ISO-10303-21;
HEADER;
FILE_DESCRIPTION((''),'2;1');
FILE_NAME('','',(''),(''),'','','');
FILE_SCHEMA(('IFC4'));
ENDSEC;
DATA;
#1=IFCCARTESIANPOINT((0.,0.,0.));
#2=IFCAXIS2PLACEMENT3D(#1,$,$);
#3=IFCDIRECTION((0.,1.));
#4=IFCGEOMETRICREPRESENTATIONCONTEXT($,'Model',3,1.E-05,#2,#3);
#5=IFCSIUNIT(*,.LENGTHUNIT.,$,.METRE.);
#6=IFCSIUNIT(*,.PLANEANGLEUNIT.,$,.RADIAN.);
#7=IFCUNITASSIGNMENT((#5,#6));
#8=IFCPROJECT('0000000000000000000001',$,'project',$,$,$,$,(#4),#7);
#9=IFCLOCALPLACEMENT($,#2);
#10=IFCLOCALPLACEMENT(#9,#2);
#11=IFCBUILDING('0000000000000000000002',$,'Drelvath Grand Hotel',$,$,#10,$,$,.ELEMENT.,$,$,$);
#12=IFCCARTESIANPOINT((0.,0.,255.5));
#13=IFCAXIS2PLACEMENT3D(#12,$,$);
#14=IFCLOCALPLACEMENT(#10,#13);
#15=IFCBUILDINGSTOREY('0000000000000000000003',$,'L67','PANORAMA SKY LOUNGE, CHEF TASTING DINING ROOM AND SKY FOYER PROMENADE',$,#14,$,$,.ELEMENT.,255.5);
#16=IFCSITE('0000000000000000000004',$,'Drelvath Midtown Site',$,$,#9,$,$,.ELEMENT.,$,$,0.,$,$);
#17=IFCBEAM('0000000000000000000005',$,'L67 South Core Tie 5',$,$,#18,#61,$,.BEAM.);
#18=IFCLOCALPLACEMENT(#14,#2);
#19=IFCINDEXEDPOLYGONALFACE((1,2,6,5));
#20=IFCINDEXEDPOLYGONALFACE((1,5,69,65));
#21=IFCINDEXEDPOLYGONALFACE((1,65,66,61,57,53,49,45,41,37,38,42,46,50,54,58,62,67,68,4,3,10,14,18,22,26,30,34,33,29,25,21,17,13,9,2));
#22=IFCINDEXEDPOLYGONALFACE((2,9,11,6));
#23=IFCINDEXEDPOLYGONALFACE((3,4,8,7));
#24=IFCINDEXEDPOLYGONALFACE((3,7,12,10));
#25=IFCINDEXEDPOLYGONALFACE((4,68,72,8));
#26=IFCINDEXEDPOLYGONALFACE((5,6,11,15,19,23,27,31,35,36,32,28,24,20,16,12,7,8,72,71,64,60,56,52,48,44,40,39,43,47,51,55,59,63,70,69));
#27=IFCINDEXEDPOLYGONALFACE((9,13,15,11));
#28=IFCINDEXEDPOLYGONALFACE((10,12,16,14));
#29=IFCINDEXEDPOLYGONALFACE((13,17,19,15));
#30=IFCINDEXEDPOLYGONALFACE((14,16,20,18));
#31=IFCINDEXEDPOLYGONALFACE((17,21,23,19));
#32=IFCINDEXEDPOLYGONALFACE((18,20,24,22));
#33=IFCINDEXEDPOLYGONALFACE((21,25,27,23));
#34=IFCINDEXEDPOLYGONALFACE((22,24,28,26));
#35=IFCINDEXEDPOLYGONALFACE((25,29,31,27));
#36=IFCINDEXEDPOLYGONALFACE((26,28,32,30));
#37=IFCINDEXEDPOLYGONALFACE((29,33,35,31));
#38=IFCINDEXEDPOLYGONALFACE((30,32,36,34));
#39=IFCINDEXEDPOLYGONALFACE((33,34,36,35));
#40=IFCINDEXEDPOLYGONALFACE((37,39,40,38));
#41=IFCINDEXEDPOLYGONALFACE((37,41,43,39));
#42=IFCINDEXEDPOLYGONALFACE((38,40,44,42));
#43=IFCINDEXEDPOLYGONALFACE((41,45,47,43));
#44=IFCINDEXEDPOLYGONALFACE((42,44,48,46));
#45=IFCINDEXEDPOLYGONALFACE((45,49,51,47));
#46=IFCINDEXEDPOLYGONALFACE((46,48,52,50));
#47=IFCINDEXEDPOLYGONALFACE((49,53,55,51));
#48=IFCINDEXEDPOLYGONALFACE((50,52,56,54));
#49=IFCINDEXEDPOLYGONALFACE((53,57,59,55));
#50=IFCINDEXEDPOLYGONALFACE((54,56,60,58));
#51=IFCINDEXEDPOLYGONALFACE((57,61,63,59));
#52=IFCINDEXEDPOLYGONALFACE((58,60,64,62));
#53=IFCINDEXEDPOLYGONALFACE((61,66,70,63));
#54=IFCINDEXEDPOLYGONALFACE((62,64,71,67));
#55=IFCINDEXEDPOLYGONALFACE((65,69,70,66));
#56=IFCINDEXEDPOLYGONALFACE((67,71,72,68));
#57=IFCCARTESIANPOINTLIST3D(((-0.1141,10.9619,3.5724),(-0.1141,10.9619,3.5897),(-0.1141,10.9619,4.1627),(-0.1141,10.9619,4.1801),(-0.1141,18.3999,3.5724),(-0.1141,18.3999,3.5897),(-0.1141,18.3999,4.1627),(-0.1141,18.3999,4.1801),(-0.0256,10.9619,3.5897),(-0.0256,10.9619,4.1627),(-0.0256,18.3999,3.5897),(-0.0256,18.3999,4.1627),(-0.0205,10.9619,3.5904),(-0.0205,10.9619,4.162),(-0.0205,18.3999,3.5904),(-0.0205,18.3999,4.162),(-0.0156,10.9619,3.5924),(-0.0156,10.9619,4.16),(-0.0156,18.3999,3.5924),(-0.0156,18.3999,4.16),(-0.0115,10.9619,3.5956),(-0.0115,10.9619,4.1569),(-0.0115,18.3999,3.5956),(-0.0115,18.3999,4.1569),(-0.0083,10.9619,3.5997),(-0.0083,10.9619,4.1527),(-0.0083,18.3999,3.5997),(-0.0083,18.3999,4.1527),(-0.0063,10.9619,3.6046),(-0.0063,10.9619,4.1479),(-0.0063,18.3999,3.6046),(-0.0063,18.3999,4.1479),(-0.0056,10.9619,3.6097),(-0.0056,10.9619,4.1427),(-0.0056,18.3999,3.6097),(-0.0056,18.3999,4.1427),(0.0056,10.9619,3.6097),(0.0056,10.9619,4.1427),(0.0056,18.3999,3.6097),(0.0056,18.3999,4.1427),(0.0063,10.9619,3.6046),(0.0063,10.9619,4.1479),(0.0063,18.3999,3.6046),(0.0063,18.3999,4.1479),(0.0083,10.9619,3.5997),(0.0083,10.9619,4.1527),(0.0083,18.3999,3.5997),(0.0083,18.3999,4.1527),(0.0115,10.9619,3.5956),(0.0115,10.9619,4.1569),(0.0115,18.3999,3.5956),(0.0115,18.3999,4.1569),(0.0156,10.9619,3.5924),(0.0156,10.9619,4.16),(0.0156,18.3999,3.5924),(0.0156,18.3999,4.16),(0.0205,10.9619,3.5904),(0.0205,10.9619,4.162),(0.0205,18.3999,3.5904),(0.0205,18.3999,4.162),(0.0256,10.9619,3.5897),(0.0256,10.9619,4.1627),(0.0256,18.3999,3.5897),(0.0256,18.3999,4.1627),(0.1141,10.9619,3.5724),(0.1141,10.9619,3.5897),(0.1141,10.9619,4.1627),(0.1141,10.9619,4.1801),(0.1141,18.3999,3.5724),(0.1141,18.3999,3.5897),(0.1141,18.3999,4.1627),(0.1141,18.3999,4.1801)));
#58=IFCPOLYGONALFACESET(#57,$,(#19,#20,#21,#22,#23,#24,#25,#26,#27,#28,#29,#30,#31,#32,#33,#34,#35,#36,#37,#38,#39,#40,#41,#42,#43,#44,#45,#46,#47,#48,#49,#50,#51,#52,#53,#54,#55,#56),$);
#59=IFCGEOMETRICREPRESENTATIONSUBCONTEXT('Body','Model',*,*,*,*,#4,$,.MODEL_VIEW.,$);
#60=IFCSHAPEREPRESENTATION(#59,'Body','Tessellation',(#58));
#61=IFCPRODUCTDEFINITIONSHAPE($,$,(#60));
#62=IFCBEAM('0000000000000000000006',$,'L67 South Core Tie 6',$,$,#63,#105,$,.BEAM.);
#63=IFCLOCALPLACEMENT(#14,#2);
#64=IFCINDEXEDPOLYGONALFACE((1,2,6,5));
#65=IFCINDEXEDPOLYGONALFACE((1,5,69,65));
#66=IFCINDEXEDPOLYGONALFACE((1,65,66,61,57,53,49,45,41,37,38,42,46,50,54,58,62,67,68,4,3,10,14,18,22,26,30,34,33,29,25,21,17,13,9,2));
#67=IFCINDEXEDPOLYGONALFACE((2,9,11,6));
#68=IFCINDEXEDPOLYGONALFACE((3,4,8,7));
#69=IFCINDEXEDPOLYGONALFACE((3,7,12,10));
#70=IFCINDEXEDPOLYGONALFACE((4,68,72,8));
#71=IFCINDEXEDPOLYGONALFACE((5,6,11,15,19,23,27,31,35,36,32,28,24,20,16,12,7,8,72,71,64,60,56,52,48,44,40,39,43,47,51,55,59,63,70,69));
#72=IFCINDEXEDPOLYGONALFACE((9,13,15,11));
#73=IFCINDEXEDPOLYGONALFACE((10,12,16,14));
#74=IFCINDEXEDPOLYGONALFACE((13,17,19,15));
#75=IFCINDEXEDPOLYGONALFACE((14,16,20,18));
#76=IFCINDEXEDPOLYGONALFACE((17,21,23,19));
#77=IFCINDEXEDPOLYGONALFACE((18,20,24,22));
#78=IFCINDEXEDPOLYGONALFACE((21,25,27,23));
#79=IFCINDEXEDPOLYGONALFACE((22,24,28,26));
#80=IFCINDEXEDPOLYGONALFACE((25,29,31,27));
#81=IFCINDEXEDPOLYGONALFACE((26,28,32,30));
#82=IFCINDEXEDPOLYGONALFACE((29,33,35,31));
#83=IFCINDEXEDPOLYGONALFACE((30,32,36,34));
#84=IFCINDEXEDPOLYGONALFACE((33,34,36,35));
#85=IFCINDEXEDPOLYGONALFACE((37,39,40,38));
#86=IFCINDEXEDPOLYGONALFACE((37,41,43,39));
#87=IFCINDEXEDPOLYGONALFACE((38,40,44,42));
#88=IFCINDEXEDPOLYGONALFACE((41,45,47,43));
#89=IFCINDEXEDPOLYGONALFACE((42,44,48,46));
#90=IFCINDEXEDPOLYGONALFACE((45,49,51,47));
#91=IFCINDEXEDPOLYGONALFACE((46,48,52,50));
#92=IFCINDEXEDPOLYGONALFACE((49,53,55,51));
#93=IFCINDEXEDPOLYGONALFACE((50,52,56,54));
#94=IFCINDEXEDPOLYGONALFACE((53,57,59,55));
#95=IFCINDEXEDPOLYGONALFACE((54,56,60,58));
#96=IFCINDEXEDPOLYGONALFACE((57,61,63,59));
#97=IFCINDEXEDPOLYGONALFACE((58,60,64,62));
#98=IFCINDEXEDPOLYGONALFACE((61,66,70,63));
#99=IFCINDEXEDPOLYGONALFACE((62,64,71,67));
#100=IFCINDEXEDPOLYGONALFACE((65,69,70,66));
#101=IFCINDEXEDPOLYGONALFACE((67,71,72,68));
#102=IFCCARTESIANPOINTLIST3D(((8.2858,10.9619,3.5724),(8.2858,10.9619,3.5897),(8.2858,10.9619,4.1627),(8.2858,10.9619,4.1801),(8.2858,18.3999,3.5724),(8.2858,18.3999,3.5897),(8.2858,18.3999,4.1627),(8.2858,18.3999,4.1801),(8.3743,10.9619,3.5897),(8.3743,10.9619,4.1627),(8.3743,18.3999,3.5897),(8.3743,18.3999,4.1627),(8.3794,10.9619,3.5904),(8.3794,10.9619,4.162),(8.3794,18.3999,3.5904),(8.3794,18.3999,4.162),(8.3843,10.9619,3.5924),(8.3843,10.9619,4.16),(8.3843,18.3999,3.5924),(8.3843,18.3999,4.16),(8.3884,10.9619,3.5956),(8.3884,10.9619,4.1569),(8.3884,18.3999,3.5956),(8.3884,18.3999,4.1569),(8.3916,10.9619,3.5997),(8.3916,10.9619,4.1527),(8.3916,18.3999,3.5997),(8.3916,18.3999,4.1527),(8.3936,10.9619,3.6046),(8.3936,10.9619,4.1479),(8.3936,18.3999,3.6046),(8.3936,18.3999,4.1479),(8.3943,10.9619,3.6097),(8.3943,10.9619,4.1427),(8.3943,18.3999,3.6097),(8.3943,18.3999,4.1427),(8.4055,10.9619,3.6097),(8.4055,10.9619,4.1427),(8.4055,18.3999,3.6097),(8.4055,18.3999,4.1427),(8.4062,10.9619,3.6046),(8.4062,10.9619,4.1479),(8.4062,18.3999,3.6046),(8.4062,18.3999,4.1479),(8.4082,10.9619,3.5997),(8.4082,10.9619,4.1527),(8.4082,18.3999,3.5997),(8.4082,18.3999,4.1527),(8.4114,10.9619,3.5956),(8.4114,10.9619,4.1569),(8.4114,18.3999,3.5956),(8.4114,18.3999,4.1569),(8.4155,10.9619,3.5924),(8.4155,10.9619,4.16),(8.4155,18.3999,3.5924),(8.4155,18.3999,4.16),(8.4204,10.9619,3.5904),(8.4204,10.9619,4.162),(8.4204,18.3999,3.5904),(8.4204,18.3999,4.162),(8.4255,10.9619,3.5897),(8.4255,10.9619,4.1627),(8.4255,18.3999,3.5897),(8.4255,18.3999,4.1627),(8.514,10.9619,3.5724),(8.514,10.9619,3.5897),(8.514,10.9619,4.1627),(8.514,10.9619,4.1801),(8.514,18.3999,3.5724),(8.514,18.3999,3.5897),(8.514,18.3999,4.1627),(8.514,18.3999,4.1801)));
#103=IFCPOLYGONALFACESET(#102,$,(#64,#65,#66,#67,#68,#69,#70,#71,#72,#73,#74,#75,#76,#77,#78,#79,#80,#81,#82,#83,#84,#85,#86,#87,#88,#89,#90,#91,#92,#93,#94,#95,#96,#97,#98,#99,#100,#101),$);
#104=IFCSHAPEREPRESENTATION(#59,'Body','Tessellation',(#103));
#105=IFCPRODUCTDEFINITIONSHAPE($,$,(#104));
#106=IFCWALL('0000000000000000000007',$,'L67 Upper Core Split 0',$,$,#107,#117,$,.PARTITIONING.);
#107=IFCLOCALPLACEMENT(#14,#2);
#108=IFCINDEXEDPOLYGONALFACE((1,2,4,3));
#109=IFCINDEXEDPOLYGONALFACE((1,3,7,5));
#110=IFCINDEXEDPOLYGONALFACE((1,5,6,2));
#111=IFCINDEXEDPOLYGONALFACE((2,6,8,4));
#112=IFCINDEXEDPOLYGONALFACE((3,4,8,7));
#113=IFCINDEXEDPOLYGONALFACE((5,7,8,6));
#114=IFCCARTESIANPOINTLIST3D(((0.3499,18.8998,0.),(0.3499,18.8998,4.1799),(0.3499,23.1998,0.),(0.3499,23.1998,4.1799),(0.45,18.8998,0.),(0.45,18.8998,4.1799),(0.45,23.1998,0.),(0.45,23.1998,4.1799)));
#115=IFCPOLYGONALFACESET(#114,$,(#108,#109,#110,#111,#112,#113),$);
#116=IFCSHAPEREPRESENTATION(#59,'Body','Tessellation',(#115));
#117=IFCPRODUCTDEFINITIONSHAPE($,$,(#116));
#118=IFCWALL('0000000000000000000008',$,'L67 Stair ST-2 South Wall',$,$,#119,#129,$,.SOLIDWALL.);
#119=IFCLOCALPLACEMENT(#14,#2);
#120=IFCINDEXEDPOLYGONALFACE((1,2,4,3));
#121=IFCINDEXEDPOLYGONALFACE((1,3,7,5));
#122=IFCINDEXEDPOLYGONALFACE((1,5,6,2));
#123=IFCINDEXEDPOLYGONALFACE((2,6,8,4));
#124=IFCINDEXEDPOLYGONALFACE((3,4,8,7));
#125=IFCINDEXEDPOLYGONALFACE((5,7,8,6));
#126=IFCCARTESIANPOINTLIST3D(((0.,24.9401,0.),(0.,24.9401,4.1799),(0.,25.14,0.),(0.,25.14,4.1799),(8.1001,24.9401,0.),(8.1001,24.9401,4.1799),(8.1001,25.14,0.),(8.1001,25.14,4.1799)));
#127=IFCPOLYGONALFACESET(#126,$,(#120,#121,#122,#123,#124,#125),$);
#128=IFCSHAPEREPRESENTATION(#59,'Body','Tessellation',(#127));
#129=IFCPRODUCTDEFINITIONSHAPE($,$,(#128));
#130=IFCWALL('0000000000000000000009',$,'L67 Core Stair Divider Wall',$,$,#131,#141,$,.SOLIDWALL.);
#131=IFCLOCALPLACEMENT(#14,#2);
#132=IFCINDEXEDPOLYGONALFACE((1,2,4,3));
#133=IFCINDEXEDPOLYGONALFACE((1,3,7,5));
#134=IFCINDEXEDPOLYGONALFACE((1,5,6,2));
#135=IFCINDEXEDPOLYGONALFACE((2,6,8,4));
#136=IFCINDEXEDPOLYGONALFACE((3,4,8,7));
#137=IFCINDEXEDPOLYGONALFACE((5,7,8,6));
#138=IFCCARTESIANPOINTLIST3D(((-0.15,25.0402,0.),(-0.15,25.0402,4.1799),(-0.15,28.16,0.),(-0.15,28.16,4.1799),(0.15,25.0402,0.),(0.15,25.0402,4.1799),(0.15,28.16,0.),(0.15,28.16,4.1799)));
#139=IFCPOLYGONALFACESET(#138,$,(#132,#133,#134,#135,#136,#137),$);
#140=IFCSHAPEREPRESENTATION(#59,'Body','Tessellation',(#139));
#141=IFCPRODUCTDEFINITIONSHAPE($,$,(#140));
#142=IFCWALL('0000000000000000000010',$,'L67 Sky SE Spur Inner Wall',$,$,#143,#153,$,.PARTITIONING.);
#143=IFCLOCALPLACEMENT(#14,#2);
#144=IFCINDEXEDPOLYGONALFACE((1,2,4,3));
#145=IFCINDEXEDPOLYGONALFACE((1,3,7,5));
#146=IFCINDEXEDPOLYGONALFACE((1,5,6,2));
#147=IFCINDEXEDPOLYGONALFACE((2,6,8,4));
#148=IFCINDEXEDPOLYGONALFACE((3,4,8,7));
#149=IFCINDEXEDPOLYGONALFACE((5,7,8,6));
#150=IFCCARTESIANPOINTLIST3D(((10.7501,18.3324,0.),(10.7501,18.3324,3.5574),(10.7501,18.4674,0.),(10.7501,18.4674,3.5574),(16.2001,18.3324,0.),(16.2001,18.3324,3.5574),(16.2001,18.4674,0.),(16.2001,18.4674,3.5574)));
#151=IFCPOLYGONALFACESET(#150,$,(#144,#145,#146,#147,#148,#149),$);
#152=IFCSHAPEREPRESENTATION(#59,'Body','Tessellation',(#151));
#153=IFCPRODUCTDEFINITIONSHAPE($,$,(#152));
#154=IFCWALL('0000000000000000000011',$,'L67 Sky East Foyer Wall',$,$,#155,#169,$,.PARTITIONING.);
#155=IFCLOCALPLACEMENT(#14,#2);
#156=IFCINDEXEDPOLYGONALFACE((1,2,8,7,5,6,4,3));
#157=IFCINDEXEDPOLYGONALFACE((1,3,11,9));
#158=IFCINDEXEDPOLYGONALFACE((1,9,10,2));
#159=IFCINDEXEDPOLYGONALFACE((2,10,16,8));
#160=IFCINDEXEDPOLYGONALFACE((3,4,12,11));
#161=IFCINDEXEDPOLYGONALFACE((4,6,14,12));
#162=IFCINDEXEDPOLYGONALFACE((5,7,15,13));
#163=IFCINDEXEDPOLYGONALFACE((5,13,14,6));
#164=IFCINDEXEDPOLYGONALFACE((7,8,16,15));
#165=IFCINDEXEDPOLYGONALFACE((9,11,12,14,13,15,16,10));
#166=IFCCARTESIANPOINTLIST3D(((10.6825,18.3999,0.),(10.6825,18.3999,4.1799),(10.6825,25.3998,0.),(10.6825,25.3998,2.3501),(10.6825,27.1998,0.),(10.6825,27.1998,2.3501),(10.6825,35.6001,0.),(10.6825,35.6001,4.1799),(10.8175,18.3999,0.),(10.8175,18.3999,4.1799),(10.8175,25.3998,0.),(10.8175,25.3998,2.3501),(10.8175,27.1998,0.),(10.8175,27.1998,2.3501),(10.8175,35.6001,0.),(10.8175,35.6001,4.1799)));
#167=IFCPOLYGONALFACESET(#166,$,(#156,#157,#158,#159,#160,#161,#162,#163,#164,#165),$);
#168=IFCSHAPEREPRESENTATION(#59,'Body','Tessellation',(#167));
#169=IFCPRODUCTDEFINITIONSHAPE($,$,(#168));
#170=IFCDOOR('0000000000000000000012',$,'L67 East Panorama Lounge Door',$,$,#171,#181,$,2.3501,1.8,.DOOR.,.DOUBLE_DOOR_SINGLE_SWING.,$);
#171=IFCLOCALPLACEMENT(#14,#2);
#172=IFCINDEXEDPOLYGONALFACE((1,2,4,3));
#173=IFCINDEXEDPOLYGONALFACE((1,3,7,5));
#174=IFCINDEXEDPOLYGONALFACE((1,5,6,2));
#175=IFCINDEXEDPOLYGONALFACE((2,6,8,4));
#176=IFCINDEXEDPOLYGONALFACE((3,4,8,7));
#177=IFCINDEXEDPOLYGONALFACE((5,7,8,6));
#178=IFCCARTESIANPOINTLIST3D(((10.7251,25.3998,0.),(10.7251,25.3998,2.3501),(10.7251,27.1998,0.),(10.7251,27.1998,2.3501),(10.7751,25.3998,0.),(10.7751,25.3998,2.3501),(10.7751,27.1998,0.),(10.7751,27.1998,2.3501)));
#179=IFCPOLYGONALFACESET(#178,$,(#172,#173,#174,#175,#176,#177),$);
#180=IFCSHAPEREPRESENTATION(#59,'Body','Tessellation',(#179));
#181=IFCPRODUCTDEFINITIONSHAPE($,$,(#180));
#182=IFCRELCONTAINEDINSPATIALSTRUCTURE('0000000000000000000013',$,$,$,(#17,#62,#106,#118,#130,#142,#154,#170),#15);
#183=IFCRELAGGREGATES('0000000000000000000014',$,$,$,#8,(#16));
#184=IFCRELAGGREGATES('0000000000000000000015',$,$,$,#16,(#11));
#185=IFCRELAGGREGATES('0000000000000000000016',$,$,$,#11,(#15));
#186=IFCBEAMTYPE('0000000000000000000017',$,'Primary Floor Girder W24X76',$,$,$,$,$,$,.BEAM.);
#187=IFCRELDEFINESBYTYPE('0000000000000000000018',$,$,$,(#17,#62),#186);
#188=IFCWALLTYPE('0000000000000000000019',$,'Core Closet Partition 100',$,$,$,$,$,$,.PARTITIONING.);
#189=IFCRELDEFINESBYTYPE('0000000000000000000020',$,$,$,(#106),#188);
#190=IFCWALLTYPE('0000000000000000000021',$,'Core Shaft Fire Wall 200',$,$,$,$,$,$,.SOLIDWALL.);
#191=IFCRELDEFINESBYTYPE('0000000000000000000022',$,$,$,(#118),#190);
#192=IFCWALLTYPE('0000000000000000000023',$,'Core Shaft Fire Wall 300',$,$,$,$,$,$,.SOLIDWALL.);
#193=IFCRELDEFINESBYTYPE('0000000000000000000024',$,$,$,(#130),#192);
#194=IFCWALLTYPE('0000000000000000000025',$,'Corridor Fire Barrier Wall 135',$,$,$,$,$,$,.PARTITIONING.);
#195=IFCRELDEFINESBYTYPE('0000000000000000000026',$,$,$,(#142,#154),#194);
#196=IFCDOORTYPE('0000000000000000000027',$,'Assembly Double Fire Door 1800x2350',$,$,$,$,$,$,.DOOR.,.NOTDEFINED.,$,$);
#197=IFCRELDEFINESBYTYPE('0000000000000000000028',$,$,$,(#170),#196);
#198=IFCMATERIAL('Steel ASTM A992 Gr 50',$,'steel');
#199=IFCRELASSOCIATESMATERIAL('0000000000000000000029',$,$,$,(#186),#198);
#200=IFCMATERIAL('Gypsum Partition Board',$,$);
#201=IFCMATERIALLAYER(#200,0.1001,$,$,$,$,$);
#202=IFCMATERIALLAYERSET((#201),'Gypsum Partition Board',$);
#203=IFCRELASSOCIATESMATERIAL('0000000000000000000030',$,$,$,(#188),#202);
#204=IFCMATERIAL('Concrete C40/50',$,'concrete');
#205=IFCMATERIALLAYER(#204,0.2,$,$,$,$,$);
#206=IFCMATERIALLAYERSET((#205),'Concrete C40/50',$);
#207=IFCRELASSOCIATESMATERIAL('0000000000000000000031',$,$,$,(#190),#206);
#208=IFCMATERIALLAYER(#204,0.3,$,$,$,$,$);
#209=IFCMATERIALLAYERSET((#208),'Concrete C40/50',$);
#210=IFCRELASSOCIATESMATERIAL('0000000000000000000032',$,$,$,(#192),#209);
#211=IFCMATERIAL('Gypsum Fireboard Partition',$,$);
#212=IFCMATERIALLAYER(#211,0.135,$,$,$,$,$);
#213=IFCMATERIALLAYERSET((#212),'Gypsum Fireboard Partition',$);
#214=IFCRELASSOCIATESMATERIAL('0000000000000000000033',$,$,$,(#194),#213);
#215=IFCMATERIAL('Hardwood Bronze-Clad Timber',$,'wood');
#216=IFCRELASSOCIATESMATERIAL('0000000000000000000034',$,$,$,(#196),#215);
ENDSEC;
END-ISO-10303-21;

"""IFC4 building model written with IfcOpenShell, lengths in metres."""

from ifc_helpers import new_model, si_unit, direction, frame, frame_2d, origin, origin_2d, place, context, subcontext, project, spatial, rectangle, i_section, extrude, material, layer, layer_set, material_profile, profile_set, type_object, element, fill, save


model = new_model("IFC4")

# Units and contexts
model_context = context("Model", 3, precision=1e-05, world=origin(), true_north=direction((0.0, 1.0)))
body_context = subcontext(model_context, "Body", "Model", "MODEL_VIEW")
ifc_project = project(units=[si_unit("LENGTHUNIT", "METRE"), si_unit("PLANEANGLEUNIT", "RADIAN")], contexts=[model_context])

# Site, building, storey
site_placement = place(None, origin())
site = spatial("IfcSite", under=ifc_project, at=site_placement, Name="Drelvath Midtown Site", CompositionType="ELEMENT", RefElevation=0.0)
building_placement = place(site_placement, origin())
building = spatial("IfcBuilding", under=site, at=building_placement, Name="Drelvath Grand Hotel", CompositionType="ELEMENT")
storey_placement = place(building_placement, frame((0.0, 0.0, 255.5)))
storey = spatial("IfcBuildingStorey", under=building, at=storey_placement, Name="L67", Description="PANORAMA SKY LOUNGE, CHEF TASTING DINING ROOM AND SKY FOYER PROMENADE", CompositionType="ELEMENT", Elevation=255.5)

# Beams
ifc_material_1 = material(Name="Steel ASTM A992 Gr 50", Category="steel")
ifc_material_profile_1 = material_profile(ifc_material_1, i_section(OverallWidth=0.2283, OverallDepth=0.6077, WebThickness=0.0112, FlangeThickness=0.0173, FilletRadius=0.02, at=origin_2d()), Name="W24X76")
ifc_profile_set_1 = profile_set([ifc_material_profile_1], Name="Steel ASTM A992 Gr 50")
beam_type_1 = type_object("IfcBeamType", Name="Primary Floor Girder W24X76", PredefinedType="BEAM", material=ifc_profile_set_1)
for number, where, z_axis, x_axis, name in (
    (1, (0.0, 10.9619, 3.8762), (0.0, 1.0, 0.0), (-1.0, 0.0, 0.0), "L67 South Core Tie 5"),
    (2, (8.3999, 10.9619, 3.8762), (0.0, 1.0, 0.0), (-1.0, 0.0, 0.0), "L67 South Core Tie 6"),
):
    element("IfcBeam", number, at=place(storey_placement, frame(where, z_axis=z_axis, x_axis=x_axis)), inside=storey, type_object=beam_type_1, Name=name, PredefinedType="BEAM", context=body_context, shape_type="SweptSolid", body=[
        extrude(i_section(OverallWidth=0.2283, OverallDepth=0.6077, WebThickness=0.0112, FlangeThickness=0.0173, FilletRadius=0.02, at=origin_2d()), origin(), (0.0, 0.0, 1.0), 7.438),
    ])

# Walls
ifc_material_2 = material(Name="Gypsum Partition Board")
ifc_layer_1 = layer(ifc_material_2, 0.1001)
ifc_layer_set_1 = layer_set([ifc_layer_1], Name="Gypsum Partition Board")
wall_type_1 = type_object("IfcWallType", Name="Core Closet Partition 100", PredefinedType="PARTITIONING", material=ifc_layer_set_1)
wall_1_placement = place(storey_placement, frame((0.3999, 18.8999, 0.0), z_axis=(0.0, 0.0, 1.0), x_axis=(0.0, 1.0, 0.0)))
element("IfcWall", 3, at=wall_1_placement, inside=storey, type_object=wall_type_1, Name="L67 Upper Core Split 0", PredefinedType="PARTITIONING", context=body_context, shape_type="SweptSolid", body=[
    extrude(rectangle(XDim=4.3, YDim=0.1001, at=frame_2d((2.1499, 0.0))), origin(), (0.0, 0.0, 1.0), 4.1799),
])
ifc_material_3 = material(Name="Concrete C40/50", Category="concrete")
ifc_layer_2 = layer(ifc_material_3, 0.2)
ifc_layer_set_2 = layer_set([ifc_layer_2], Name="Concrete C40/50")
wall_type_2 = type_object("IfcWallType", Name="Core Shaft Fire Wall 200", PredefinedType="SOLIDWALL", material=ifc_layer_set_2)
wall_2_placement = place(storey_placement, frame((0.0, 25.04, 0.0), z_axis=(0.0, 0.0, 1.0), x_axis=(1.0, 0.0, 0.0)))
element("IfcWall", 4, at=wall_2_placement, inside=storey, type_object=wall_type_2, Name="L67 Stair ST-2 South Wall", PredefinedType="SOLIDWALL", context=body_context, shape_type="SweptSolid", body=[
    extrude(rectangle(XDim=8.1001, YDim=0.2, at=frame_2d((4.05, 0.0))), origin(), (0.0, 0.0, 1.0), 4.1799),
])
ifc_layer_3 = layer(ifc_material_3, 0.3)
ifc_layer_set_3 = layer_set([ifc_layer_3], Name="Concrete C40/50")
wall_type_3 = type_object("IfcWallType", Name="Core Shaft Fire Wall 300", PredefinedType="SOLIDWALL", material=ifc_layer_set_3)
wall_3_placement = place(storey_placement, frame((0.0, 25.04, 0.0), z_axis=(0.0, 0.0, 1.0), x_axis=(0.0, 1.0, 0.0)))
element("IfcWall", 5, at=wall_3_placement, inside=storey, type_object=wall_type_3, Name="L67 Core Stair Divider Wall", PredefinedType="SOLIDWALL", context=body_context, shape_type="SweptSolid", body=[
    extrude(rectangle(XDim=3.1199, YDim=0.3, at=frame_2d((1.5601, 0.0))), origin(), (0.0, 0.0, 1.0), 4.1799),
])
ifc_material_4 = material(Name="Gypsum Fireboard Partition")
ifc_layer_4 = layer(ifc_material_4, 0.135)
ifc_layer_set_4 = layer_set([ifc_layer_4], Name="Gypsum Fireboard Partition")
wall_type_4 = type_object("IfcWallType", Name="Corridor Fire Barrier Wall 135", PredefinedType="PARTITIONING", material=ifc_layer_set_4)
wall_4_placement = place(storey_placement, frame((10.75, 18.3999, 0.0), z_axis=(0.0, 0.0, 1.0), x_axis=(1.0, 0.0, 0.0)))
element("IfcWall", 6, at=wall_4_placement, inside=storey, type_object=wall_type_4, Name="L67 Sky SE Spur Inner Wall", PredefinedType="PARTITIONING", context=body_context, shape_type="SweptSolid", body=[
    extrude(rectangle(XDim=5.45, YDim=0.135, at=frame_2d((2.7251, 0.0))), origin(), (0.0, 0.0, 1.0), 3.5574),
])

# Wall, opening, door
wall_5_placement = place(storey_placement, frame((10.75, 18.3999, 0.0), z_axis=(0.0, 0.0, 1.0), x_axis=(0.0, 1.0, 0.0)))
wall_5 = element("IfcWall", 7, at=wall_5_placement, inside=storey, type_object=wall_type_4, Name="L67 Sky East Foyer Wall", PredefinedType="PARTITIONING", context=body_context, shape_type="SweptSolid", body=[
    extrude(rectangle(XDim=17.2002, YDim=0.135, at=frame_2d((8.6001, 0.0))), origin(), (0.0, 0.0, 1.0), 4.1799),
])
opening_placement = place(wall_5_placement, frame((7.0, 0.0, 0.0)))
opening = element("IfcOpeningElement", 8, at=opening_placement, cuts=wall_5, PredefinedType="OPENING", context=body_context, shape_type="SweptSolid", body=[
    extrude(rectangle(XDim=1.8, YDim=2.3501, at=frame_2d((0.8999, 1.175))), frame((0.0, 0.0774, 0.0), z_axis=(0.0, -1.0, 0.0), x_axis=(1.0, 0.0, 0.0)), (0.0, 0.0, 1.0), 0.155),
])
ifc_material_5 = material(Name="Hardwood Bronze-Clad Timber", Category="wood")
door_type = type_object("IfcDoorType", Name="Assembly Double Fire Door 1800x2350", OperationType="NOTDEFINED", PredefinedType="DOOR", material=ifc_material_5)
door_placement = place(opening_placement, origin())
door = element("IfcDoor", 9, at=door_placement, inside=storey, type_object=door_type, Name="L67 East Panorama Lounge Door", OperationType="DOUBLE_DOOR_SINGLE_SWING", OverallHeight=2.3501, OverallWidth=1.8, PredefinedType="DOOR", context=body_context, shape_type="SweptSolid", body=[
    extrude(rectangle(XDim=1.8, YDim=2.3501, at=frame_2d((0.8999, 1.175))), frame((0.0, 0.0249, 0.0), z_axis=(0.0, -1.0, 0.0), x_axis=(1.0, 0.0, 0.0)), (0.0, 0.0, 1.0), 0.05),
])
fill(opening, door)

save(model, "model.ifc")
